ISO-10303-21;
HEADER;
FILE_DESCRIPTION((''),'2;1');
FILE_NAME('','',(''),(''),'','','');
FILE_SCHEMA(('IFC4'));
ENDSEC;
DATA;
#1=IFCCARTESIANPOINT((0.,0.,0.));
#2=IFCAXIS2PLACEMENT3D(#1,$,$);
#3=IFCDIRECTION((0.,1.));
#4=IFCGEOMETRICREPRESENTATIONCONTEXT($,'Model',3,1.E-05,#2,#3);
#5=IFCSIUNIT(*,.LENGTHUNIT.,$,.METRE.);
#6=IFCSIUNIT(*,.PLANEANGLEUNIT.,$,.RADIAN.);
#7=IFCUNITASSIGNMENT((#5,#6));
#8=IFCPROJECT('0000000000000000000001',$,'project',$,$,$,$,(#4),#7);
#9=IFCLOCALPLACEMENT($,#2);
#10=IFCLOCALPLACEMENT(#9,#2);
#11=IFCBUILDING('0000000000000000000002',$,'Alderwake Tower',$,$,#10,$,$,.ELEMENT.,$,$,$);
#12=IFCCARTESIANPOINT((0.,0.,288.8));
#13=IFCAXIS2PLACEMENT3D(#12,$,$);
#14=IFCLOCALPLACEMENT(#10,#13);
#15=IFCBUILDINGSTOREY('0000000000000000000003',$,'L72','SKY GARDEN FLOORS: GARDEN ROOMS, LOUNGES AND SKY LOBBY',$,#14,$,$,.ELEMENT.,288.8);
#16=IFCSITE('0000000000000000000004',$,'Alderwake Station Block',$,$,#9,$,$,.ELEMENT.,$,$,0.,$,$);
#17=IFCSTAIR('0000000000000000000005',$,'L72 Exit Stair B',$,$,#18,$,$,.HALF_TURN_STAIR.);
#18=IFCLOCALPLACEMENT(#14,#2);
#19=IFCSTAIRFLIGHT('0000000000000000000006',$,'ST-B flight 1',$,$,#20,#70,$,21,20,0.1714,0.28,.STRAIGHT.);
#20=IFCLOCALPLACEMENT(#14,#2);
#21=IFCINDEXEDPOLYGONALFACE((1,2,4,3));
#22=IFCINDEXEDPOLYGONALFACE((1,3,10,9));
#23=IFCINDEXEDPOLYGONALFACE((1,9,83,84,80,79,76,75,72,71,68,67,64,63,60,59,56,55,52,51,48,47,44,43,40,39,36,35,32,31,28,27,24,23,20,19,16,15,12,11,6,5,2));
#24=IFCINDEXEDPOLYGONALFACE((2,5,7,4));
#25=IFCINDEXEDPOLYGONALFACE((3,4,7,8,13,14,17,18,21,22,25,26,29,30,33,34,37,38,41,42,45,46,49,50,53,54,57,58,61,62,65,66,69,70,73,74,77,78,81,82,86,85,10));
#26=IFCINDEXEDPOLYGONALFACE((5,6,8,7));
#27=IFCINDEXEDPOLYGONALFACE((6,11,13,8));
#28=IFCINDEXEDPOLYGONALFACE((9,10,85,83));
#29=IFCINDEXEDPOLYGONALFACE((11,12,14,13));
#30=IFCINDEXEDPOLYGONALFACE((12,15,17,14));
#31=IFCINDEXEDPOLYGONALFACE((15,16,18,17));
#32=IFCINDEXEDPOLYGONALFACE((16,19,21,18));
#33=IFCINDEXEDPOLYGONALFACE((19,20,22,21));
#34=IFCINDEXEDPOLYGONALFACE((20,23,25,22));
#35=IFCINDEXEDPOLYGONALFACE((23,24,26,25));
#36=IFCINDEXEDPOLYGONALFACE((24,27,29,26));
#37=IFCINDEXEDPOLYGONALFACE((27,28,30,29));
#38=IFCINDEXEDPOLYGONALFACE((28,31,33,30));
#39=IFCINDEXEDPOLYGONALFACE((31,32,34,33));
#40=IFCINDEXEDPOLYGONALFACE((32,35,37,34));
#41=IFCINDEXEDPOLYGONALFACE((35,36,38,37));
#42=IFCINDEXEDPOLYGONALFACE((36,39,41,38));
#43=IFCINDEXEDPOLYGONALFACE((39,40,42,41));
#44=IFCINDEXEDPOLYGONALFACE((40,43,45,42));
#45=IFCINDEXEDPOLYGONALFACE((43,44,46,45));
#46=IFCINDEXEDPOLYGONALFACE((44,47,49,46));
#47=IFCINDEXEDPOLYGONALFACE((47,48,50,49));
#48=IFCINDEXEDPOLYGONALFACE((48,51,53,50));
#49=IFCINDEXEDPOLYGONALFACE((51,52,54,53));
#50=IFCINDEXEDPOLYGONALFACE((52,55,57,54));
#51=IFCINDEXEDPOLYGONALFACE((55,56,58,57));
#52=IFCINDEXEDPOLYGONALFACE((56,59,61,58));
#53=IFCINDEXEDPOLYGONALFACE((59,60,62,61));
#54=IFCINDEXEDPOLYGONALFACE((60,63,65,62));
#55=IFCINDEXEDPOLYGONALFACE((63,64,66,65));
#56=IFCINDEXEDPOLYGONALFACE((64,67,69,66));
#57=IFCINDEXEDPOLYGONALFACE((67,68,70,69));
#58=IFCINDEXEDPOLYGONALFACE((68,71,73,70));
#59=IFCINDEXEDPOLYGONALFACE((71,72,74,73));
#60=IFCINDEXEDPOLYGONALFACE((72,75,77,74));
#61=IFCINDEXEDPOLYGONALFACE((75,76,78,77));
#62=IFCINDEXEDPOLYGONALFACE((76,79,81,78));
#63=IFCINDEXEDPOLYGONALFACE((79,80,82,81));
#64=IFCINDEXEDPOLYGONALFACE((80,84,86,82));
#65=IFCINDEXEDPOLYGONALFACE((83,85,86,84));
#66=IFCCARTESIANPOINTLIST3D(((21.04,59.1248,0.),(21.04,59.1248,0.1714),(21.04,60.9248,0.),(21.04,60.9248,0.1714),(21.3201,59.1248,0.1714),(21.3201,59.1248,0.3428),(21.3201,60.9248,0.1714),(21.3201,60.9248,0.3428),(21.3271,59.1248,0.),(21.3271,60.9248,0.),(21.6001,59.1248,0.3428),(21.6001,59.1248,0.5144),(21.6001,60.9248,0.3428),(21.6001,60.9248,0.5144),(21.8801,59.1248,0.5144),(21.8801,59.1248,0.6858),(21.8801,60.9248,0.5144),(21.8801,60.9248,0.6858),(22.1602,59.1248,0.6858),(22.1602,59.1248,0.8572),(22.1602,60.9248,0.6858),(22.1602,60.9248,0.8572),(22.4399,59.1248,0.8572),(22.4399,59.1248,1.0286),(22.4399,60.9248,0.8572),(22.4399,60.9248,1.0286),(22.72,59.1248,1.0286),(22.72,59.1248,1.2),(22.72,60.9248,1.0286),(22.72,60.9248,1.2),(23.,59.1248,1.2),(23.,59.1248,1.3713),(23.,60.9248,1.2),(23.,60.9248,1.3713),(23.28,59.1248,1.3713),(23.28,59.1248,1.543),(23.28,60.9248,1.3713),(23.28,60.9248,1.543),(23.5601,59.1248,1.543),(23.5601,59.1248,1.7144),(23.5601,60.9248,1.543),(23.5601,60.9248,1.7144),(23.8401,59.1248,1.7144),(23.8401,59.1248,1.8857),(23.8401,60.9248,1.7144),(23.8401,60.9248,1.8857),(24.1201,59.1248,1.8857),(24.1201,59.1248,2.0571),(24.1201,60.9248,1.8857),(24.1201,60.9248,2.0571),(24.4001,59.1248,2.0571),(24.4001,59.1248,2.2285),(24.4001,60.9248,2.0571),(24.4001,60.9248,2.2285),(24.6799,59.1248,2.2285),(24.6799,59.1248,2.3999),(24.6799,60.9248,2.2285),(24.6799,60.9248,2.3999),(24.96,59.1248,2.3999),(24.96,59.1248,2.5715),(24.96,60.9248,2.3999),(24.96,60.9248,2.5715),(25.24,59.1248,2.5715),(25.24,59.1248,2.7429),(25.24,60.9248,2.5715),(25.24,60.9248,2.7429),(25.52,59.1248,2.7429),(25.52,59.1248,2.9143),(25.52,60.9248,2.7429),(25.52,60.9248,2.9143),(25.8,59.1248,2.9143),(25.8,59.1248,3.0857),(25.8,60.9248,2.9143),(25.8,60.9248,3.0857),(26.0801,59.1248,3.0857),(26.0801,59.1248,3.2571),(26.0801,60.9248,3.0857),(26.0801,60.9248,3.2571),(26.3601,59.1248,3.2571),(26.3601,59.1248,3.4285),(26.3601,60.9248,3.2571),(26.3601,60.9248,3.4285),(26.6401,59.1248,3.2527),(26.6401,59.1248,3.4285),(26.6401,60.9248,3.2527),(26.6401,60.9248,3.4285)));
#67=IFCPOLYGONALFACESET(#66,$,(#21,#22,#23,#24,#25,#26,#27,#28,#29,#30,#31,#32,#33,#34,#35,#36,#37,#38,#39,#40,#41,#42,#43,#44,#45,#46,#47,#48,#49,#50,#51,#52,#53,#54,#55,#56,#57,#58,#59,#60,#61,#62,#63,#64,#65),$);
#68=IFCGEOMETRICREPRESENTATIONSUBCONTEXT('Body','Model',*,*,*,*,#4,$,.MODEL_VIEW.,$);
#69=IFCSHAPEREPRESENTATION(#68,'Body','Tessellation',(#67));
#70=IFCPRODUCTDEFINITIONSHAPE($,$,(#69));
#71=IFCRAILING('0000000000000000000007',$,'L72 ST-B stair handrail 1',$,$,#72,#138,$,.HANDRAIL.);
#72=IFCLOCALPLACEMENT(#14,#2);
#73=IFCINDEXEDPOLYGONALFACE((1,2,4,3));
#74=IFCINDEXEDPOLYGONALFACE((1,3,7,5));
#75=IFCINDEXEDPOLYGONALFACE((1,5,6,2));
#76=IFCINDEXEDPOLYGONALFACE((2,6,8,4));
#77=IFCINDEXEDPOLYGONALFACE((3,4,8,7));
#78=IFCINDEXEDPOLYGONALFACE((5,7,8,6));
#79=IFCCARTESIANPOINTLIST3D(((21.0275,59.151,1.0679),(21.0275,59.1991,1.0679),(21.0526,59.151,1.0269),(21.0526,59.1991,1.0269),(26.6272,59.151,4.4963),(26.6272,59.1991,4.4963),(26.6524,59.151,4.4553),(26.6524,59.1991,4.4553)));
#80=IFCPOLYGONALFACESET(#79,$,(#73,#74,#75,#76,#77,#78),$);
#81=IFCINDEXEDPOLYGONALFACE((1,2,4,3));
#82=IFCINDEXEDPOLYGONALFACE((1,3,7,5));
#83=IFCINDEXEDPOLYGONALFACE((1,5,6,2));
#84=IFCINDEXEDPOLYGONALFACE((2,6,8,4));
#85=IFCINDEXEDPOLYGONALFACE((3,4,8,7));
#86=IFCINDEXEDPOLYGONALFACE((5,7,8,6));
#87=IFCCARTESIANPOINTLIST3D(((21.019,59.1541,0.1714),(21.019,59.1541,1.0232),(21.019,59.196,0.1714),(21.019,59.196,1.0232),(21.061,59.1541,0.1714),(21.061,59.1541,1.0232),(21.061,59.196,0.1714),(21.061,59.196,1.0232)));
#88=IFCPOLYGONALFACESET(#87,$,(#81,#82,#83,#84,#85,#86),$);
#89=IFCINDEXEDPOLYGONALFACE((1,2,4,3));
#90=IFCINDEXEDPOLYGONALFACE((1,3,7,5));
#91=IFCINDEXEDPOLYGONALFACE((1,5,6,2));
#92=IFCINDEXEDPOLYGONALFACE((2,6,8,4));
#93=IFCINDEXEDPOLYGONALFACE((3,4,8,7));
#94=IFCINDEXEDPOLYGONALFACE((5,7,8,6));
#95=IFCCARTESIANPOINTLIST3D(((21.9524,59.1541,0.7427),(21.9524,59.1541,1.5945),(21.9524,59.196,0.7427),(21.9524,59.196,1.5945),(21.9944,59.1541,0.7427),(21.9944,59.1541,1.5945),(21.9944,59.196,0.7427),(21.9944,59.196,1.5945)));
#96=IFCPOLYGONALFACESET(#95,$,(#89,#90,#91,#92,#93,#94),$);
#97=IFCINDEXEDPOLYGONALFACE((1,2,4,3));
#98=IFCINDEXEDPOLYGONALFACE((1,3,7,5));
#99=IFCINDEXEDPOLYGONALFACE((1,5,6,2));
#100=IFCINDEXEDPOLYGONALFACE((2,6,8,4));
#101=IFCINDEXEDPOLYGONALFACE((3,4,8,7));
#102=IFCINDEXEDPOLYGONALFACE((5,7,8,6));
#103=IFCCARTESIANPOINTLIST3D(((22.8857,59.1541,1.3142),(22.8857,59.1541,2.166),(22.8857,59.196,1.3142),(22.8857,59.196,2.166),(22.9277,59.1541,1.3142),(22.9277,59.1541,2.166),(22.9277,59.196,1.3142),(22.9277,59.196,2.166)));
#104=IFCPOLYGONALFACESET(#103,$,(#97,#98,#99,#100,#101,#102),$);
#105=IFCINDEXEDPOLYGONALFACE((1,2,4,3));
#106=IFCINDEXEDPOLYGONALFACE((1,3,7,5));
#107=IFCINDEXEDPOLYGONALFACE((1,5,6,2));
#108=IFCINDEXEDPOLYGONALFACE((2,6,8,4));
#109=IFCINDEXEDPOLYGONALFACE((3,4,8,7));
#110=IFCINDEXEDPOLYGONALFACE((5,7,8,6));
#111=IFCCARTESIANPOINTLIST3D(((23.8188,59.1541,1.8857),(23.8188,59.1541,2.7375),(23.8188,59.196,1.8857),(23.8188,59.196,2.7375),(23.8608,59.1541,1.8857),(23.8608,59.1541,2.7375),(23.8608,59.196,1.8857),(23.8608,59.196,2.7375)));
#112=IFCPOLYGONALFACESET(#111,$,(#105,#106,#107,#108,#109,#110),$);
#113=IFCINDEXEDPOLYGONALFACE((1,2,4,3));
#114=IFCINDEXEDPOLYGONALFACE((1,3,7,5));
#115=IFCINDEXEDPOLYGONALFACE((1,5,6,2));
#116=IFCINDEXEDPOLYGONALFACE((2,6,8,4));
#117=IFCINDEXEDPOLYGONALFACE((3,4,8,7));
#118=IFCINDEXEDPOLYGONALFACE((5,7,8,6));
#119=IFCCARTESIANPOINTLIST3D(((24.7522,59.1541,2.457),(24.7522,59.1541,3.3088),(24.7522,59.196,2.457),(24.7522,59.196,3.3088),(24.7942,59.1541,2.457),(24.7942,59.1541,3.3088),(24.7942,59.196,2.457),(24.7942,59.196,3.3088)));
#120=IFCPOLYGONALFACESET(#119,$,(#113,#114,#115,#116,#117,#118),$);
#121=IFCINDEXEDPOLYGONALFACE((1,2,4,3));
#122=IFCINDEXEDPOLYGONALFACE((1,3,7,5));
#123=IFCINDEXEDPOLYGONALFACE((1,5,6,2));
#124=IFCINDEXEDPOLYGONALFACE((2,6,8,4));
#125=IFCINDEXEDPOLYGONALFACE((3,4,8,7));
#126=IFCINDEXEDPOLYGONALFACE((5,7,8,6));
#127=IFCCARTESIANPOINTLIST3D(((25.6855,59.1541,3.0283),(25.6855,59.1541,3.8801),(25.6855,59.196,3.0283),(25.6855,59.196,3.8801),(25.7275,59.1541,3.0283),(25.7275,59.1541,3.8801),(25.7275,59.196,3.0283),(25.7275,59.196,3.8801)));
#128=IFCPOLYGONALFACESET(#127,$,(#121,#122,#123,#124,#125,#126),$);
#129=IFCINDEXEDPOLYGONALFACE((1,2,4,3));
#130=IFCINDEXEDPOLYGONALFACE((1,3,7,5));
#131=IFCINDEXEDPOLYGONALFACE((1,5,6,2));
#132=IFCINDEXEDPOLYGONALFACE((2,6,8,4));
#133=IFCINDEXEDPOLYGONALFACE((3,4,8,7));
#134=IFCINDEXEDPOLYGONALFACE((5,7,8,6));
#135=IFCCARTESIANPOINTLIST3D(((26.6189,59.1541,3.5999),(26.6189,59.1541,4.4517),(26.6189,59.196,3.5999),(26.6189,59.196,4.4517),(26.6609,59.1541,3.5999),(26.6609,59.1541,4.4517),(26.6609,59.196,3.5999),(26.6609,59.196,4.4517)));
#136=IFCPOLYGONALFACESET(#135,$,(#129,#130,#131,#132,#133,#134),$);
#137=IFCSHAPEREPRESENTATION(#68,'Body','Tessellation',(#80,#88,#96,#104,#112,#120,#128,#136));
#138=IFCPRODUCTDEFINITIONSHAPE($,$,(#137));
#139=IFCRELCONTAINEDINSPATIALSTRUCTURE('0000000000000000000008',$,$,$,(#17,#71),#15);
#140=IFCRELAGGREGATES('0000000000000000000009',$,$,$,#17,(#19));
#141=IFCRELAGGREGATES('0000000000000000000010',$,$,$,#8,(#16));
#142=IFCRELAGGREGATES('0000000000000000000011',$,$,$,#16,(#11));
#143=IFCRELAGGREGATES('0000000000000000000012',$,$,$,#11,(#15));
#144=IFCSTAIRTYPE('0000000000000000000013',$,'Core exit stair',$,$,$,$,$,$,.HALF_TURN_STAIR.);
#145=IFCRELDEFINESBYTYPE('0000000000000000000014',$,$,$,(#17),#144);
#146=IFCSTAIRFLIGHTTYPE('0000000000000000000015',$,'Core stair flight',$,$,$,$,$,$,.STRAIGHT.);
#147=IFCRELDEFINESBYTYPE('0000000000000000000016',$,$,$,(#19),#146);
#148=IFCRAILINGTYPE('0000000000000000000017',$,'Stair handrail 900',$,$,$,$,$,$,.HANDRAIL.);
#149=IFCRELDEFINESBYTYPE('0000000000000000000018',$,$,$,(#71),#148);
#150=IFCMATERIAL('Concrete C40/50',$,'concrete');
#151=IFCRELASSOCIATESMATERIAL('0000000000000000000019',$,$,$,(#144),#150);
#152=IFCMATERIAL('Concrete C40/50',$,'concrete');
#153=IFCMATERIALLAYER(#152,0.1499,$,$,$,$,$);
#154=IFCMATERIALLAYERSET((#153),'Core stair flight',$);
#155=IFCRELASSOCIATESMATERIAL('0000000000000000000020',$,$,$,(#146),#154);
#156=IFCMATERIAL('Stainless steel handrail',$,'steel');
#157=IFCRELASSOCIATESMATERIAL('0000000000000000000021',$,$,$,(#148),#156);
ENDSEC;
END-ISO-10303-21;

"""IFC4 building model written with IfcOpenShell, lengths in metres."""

from ifc_helpers import new_model, si_unit, direction, frame, origin, origin_with_axes, origin_2d, place, context, subcontext, project, spatial, polyline, rectangle, outline, extrude, material, layer, layer_set, type_object, element, aggregate, save


model = new_model("IFC4")

# Units and contexts
model_context = context("Model", 3, precision=1e-05, world=origin(), true_north=direction((0.0, 1.0)))
body_context = subcontext(model_context, "Body", "Model", "MODEL_VIEW")
ifc_project = project(units=[si_unit("LENGTHUNIT", "METRE"), si_unit("PLANEANGLEUNIT", "RADIAN")], contexts=[model_context])

# Site, building, storey
site_placement = place(None, origin())
site = spatial("IfcSite", under=ifc_project, at=site_placement, Name="Alderwake Station Block", CompositionType="ELEMENT", RefElevation=0.0)
building_placement = place(site_placement, origin())
building = spatial("IfcBuilding", under=site, at=building_placement, Name="Alderwake Tower", CompositionType="ELEMENT")
storey_placement = place(building_placement, frame((0.0, 0.0, 288.8)))
storey = spatial("IfcBuildingStorey", under=building, at=storey_placement, Name="L72", Description="SKY GARDEN FLOORS: GARDEN ROOMS, LOUNGES AND SKY LOBBY", CompositionType="ELEMENT", Elevation=288.8)

# Stair, stair flight
ifc_material_1 = material(Name="Concrete C40/50", Category="concrete")
stair_type = type_object("IfcStairType", Name="Core exit stair", PredefinedType="HALF_TURN_STAIR", material=ifc_material_1)
stair_placement = place(storey_placement, origin())
stair = element("IfcStair", 1, at=stair_placement, inside=storey, type_object=stair_type, Name="L72 Exit Stair B", PredefinedType="HALF_TURN_STAIR")
ifc_material_2 = material(Name="Concrete C40/50", Category="concrete")
ifc_layer_1 = layer(ifc_material_2, 0.1499)
ifc_layer_set_1 = layer_set([ifc_layer_1], Name="Core stair flight")
stair_flight_type = type_object("IfcStairFlightType", Name="Core stair flight", PredefinedType="STRAIGHT", material=ifc_layer_set_1)
stair_flight_placement = place(storey_placement, frame((21.04, 60.0249, 0.0), z_axis=(0.0, 0.0, 1.0), x_axis=(1.0, 0.0, 0.0)))
stair_flight = element("IfcStairFlight", 2, at=stair_flight_placement, type_object=stair_flight_type, Name="ST-B flight 1", NumberOfRisers=21, NumberOfTreads=20, PredefinedType="STRAIGHT", RiserHeight=0.1714, TreadLength=0.28, context=body_context, shape_type="SweptSolid", body=[
    extrude(outline(polyline([(0.0, 0.0), (0.0, 0.1714), (0.28, 0.1714), (0.28, 0.3428), (0.5601, 0.3428), (0.5601, 0.5144), (0.8401, 0.5144), (0.8401, 0.6858), (1.1201, 0.6858), (1.1201, 0.8572), (1.3999, 0.8572), (1.3999, 1.0286), (1.6799, 1.0286), (1.6799, 1.2), (1.96, 1.2), (1.96, 1.3713), (2.24, 1.3713), (2.24, 1.543), (2.52, 1.543), (2.52, 1.7144), (2.8, 1.7144), (2.8, 1.8857), (3.0801, 1.8857), (3.0801, 2.0571), (3.3601, 2.0571), (3.3601, 2.2285), (3.6399, 2.2285), (3.6399, 2.3999), (3.9199, 2.3999), (3.9199, 2.5715), (4.2, 2.5715), (4.2, 2.7429), (4.48, 2.7429), (4.48, 2.9143), (4.76, 2.9143), (4.76, 3.0857), (5.04, 3.0857), (5.04, 3.2571), (5.3201, 3.2571), (5.3201, 3.4285), (5.6001, 3.4285), (5.6001, 3.6001), (5.6001, 3.2527), (0.2871, 0.0), (0.0, 0.0)])), frame((0.0, 0.8999, 0.0), z_axis=(0.0, -1.0, 0.0), x_axis=(1.0, 0.0, 0.0)), (0.0, 0.0, 1.0), 1.8),
])
aggregate(stair, [stair_flight])

# Railing
ifc_material_3 = material(Name="Stainless steel handrail", Category="steel")
railing_type = type_object("IfcRailingType", Name="Stair handrail 900", PredefinedType="HANDRAIL", material=ifc_material_3)
railing_placement = place(storey_placement, frame((21.04, 59.175, 0.1714)))
element("IfcRailing", 3, at=railing_placement, inside=storey, type_object=railing_type, Name="L72 ST-B stair handrail 1", PredefinedType="HANDRAIL", context=body_context, shape_type="SweptSolid", body=[
    extrude(rectangle(XDim=0.0481, YDim=0.0481, at=origin_2d()), frame((0.0, 0.0, 0.876), z_axis=(0.852852, 0.0, 0.522152), x_axis=(0.0, 1.0, 0.0)), (0.0, 0.0, 1.0), 6.5659),
    extrude(rectangle(XDim=0.042, YDim=0.042, at=origin_2d()), origin_with_axes(), (0.0, 0.0, 1.0), 0.8518),
    extrude(rectangle(XDim=0.042, YDim=0.042, at=origin_2d()), frame((0.9333, 0.0, 0.5713), z_axis=(0.0, 0.0, 1.0), x_axis=(1.0, 0.0, 0.0)), (0.0, 0.0, 1.0), 0.8518),
    extrude(rectangle(XDim=0.042, YDim=0.042, at=origin_2d()), frame((1.8667, 0.0, 1.1428), z_axis=(0.0, 0.0, 1.0), x_axis=(1.0, 0.0, 0.0)), (0.0, 0.0, 1.0), 0.8518),
    extrude(rectangle(XDim=0.042, YDim=0.042, at=origin_2d()), frame((2.7998, 0.0, 1.7144), z_axis=(0.0, 0.0, 1.0), x_axis=(1.0, 0.0, 0.0)), (0.0, 0.0, 1.0), 0.8518),
    extrude(rectangle(XDim=0.042, YDim=0.042, at=origin_2d()), frame((3.7332, 0.0, 2.2856), z_axis=(0.0, 0.0, 1.0), x_axis=(1.0, 0.0, 0.0)), (0.0, 0.0, 1.0), 0.8518),
    extrude(rectangle(XDim=0.042, YDim=0.042, at=origin_2d()), frame((4.6665, 0.0, 2.8569), z_axis=(0.0, 0.0, 1.0), x_axis=(1.0, 0.0, 0.0)), (0.0, 0.0, 1.0), 0.8518),
    extrude(rectangle(XDim=0.042, YDim=0.042, at=origin_2d()), frame((5.5999, 0.0, 3.4285), z_axis=(0.0, 0.0, 1.0), x_axis=(1.0, 0.0, 0.0)), (0.0, 0.0, 1.0), 0.8518),
])

save(model, "model.ifc")
